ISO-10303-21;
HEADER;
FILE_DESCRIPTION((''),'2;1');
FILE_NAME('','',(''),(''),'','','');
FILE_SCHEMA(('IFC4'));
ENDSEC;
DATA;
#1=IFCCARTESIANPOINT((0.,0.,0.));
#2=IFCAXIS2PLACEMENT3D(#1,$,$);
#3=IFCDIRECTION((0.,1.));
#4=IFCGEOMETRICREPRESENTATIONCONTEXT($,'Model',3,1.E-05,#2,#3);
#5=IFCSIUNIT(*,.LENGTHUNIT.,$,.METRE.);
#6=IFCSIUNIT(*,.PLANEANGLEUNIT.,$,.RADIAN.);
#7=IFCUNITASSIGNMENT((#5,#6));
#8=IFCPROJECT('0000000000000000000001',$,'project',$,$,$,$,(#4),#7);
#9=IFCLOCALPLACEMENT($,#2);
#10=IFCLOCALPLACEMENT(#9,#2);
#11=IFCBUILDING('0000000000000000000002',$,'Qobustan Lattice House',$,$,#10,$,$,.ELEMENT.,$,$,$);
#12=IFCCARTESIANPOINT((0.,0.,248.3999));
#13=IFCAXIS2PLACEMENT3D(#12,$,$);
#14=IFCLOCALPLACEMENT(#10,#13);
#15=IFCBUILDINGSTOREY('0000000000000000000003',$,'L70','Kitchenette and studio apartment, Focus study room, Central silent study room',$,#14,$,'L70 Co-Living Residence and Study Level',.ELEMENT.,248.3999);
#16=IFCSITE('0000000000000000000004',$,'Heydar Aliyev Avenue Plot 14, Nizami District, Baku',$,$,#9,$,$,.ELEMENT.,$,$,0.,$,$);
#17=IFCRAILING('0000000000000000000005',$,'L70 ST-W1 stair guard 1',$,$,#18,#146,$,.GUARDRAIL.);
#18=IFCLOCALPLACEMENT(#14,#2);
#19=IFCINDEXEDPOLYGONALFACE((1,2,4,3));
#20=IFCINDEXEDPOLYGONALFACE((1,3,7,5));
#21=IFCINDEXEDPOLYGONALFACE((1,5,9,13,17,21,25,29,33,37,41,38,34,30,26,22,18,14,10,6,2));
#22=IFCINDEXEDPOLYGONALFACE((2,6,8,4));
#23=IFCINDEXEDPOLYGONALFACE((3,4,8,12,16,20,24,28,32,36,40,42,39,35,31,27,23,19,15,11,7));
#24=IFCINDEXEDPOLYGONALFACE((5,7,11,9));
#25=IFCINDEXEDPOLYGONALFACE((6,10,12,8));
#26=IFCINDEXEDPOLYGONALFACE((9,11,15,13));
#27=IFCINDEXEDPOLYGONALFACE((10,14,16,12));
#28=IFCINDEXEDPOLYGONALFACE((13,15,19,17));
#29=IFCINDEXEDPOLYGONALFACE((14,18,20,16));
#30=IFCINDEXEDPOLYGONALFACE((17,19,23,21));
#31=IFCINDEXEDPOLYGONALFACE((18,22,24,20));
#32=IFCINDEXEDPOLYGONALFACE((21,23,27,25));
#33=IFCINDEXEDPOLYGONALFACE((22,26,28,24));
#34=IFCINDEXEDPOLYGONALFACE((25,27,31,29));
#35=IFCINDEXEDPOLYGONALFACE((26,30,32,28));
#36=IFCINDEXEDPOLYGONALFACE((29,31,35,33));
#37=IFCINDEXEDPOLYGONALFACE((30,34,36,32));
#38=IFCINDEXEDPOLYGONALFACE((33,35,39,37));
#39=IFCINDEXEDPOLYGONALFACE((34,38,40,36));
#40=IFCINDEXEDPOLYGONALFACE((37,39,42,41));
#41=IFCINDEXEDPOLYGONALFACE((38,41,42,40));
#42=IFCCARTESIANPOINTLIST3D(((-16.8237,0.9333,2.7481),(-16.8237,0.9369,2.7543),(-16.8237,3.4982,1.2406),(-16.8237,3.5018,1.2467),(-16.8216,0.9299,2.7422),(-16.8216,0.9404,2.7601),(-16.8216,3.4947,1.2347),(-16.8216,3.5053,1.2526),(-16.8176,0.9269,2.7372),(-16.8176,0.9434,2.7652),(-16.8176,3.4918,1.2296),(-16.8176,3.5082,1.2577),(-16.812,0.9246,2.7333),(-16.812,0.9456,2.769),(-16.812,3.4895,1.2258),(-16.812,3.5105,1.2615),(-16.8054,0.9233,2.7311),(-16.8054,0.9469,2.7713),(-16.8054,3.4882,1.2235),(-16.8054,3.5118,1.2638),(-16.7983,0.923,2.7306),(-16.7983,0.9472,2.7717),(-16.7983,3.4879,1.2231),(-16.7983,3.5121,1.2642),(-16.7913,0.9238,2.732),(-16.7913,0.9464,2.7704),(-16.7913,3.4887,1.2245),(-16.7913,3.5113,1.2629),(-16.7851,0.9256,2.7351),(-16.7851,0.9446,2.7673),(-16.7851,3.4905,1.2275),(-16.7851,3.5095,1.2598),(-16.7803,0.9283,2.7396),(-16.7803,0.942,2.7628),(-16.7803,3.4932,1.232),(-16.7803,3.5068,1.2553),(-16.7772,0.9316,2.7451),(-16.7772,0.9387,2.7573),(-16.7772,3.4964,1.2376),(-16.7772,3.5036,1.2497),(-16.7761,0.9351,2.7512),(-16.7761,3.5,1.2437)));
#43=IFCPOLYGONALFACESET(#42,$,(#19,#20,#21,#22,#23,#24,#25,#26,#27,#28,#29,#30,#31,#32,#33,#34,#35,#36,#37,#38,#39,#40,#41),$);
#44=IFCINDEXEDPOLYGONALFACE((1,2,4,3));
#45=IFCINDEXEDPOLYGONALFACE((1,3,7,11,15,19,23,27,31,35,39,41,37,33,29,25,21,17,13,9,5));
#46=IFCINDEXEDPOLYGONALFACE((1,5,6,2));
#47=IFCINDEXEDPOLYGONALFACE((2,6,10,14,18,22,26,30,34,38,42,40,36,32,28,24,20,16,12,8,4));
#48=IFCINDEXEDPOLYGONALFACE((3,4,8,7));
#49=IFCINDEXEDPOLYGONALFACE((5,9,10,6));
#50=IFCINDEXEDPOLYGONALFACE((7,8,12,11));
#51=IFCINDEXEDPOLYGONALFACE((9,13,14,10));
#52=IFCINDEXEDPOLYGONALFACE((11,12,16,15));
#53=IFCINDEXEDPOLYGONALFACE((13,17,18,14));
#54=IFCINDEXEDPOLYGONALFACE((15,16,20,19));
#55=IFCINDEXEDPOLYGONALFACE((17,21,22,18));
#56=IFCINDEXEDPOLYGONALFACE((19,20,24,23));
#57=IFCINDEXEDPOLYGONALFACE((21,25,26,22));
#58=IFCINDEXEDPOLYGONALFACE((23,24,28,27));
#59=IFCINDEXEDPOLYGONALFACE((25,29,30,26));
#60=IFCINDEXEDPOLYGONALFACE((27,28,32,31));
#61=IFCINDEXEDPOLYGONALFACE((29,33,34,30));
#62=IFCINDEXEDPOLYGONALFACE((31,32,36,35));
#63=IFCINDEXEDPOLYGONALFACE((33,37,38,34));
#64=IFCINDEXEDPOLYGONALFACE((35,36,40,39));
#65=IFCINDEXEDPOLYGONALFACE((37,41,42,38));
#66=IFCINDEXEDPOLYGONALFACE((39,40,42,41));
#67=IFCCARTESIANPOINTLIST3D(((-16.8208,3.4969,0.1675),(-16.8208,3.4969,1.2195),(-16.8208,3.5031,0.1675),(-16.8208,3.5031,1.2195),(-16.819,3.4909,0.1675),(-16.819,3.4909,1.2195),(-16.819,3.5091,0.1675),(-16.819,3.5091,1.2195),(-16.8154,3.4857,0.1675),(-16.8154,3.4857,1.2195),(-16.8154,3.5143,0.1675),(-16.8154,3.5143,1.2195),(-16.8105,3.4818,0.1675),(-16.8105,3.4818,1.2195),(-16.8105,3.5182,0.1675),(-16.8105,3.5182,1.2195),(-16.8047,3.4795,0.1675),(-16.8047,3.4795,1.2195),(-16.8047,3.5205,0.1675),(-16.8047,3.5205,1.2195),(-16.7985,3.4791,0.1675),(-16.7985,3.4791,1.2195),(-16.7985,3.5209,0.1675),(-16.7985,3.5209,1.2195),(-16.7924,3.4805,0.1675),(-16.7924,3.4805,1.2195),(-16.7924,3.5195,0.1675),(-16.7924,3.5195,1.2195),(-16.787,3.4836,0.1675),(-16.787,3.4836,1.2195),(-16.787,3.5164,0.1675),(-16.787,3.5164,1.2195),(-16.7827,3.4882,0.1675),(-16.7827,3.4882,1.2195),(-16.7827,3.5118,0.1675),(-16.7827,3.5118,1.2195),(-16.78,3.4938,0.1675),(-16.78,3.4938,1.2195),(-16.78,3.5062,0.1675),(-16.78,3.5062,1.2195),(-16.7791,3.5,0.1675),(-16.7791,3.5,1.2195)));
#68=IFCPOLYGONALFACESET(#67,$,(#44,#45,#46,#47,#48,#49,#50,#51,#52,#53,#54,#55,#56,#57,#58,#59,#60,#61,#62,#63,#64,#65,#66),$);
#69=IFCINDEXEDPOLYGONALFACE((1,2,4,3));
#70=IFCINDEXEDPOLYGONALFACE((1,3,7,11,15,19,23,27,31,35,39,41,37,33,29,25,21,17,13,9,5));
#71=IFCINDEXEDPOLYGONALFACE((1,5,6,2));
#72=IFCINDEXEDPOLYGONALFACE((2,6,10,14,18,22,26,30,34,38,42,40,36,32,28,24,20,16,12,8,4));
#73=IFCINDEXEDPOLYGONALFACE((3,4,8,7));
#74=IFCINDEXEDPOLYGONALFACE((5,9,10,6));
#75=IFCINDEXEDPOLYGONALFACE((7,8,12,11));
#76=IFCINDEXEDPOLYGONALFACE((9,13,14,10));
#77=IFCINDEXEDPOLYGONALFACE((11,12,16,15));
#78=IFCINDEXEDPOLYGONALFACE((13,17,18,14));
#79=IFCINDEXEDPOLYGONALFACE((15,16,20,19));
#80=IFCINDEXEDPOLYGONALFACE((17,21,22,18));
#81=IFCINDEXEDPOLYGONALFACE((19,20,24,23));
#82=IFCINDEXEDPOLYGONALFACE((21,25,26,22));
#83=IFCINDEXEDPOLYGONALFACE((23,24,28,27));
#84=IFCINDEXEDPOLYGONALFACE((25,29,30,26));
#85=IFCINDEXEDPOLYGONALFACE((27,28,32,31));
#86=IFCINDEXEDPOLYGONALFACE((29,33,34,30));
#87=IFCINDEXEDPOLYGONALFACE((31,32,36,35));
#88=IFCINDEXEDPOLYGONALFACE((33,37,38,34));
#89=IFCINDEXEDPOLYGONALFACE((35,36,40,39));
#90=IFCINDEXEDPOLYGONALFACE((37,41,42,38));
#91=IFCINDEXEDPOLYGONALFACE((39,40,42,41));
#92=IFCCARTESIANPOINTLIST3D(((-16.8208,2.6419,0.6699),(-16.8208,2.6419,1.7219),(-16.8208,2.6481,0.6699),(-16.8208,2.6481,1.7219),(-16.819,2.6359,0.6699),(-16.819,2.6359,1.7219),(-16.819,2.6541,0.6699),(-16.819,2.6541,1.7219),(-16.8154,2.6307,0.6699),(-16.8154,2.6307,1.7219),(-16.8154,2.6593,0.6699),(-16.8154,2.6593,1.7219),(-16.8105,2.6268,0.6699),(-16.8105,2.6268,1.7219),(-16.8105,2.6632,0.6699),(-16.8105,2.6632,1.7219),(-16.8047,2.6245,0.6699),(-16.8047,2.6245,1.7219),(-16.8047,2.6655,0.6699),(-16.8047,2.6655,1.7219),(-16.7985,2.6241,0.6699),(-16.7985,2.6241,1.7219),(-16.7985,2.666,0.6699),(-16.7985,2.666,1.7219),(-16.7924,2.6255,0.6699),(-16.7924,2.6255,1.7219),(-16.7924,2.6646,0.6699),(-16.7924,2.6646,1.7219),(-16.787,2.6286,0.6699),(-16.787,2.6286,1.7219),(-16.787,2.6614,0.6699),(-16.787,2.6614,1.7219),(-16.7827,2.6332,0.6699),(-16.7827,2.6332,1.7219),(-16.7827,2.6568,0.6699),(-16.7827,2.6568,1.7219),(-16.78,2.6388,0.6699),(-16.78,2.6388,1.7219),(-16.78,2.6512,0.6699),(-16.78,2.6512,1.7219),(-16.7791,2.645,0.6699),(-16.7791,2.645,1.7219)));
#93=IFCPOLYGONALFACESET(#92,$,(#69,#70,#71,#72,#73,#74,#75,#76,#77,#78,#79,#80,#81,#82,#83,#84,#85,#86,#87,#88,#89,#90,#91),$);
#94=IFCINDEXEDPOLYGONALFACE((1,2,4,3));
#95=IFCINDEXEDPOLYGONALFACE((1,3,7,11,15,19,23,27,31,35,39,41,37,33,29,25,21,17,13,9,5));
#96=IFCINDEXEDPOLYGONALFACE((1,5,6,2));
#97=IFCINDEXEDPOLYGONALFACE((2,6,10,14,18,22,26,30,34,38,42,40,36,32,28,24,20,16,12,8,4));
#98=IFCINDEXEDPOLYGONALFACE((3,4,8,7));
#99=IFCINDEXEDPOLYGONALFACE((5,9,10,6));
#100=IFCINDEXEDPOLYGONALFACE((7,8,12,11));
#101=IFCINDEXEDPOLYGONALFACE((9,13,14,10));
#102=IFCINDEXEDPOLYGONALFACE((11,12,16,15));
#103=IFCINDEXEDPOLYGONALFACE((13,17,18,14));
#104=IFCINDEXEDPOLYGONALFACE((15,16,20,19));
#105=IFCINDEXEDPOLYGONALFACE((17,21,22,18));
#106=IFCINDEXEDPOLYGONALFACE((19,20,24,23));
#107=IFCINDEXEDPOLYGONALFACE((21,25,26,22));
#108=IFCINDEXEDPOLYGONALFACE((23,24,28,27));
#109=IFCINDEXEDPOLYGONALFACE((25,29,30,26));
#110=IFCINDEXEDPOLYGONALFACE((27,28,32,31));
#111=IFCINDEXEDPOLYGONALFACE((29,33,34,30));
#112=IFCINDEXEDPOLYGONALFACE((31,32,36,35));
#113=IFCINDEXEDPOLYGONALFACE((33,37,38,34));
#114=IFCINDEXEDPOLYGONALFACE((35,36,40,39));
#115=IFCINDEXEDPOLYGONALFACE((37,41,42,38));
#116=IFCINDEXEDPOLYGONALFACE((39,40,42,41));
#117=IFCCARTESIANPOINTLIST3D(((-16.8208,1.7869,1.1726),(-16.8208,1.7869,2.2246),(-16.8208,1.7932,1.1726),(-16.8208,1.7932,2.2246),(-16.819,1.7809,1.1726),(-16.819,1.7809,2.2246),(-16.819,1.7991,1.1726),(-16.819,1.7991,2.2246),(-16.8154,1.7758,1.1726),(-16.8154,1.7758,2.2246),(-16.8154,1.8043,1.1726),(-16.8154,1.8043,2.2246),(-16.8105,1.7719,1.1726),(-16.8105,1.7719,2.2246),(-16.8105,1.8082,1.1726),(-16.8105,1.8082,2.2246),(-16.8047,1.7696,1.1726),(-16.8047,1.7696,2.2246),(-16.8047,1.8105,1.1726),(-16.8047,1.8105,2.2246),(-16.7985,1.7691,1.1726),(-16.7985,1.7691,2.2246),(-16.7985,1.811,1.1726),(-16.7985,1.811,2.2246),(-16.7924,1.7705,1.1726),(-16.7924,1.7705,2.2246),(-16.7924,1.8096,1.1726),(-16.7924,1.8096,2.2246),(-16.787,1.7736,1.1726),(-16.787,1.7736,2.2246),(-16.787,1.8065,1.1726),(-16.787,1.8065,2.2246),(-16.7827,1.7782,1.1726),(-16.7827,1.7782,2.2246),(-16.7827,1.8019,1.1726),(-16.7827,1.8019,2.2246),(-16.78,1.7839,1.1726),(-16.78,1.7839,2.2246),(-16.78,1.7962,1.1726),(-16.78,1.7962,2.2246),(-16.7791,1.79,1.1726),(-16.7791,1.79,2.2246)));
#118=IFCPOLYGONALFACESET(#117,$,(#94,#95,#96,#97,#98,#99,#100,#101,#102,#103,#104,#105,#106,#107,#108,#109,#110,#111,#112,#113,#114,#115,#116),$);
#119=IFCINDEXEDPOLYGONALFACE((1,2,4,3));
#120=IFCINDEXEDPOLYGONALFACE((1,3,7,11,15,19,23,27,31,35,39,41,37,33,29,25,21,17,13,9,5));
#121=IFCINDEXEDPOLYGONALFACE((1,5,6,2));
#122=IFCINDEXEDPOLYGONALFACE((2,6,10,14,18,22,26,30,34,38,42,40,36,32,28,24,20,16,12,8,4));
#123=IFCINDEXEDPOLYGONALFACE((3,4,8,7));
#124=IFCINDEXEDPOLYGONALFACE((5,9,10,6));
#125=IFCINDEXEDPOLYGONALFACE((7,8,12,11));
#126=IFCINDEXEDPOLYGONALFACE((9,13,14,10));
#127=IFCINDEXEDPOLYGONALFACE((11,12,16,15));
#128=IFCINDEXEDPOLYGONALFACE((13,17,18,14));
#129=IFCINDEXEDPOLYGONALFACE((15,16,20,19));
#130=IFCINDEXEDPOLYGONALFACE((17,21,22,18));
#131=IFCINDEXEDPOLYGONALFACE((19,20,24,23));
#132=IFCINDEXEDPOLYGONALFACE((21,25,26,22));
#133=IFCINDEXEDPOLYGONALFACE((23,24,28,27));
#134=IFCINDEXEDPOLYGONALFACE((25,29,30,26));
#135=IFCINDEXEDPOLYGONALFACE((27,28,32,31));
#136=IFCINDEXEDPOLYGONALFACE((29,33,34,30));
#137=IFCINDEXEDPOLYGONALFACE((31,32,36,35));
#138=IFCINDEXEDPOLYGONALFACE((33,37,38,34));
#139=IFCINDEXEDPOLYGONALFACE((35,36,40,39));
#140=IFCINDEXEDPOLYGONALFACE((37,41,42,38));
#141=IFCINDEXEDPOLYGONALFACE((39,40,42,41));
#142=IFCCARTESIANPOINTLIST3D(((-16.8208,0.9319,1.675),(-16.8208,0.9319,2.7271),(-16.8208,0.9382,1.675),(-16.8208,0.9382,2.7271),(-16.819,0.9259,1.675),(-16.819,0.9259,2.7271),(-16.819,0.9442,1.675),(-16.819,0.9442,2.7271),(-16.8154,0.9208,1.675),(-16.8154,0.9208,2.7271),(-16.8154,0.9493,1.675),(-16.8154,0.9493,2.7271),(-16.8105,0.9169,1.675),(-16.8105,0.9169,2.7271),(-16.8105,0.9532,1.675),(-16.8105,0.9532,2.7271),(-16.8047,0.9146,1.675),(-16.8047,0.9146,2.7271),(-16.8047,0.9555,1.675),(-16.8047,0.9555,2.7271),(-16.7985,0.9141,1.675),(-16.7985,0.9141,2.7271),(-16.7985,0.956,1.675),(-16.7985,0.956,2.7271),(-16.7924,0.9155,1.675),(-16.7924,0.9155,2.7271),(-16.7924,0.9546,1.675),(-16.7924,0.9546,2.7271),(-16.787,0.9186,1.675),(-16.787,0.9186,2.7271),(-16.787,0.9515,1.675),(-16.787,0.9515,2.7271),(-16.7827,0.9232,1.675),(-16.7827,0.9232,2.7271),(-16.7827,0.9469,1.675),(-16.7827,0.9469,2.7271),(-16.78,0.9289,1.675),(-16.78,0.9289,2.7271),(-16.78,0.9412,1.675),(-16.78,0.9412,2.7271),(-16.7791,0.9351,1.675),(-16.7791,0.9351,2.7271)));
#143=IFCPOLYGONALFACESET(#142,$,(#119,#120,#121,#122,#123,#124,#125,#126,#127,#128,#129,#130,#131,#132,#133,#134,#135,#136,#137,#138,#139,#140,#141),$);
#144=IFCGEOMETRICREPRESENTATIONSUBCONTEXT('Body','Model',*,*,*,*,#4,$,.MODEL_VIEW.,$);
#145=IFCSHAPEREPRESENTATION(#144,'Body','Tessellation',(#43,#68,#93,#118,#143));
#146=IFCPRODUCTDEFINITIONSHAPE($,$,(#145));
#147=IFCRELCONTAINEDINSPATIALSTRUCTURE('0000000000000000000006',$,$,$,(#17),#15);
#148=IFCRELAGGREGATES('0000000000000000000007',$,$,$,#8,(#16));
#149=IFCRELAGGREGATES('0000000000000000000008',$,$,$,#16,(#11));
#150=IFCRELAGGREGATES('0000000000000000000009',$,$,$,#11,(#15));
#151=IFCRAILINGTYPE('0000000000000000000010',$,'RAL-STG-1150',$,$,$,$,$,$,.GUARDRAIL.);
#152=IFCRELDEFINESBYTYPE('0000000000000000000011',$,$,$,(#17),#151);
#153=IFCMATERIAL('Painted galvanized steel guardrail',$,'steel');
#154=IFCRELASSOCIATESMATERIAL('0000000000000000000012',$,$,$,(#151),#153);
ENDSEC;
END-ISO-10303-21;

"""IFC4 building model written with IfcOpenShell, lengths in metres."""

from ifc_helpers import new_model, si_unit, direction, frame, origin, origin_2d, place, context, subcontext, project, spatial, circle, extrude, material, type_object, element, save


model = new_model("IFC4")

# Units and contexts
model_context = context("Model", 3, precision=1e-05, world=origin(), true_north=direction((0.0, 1.0)))
body_context = subcontext(model_context, "Body", "Model", "MODEL_VIEW")
ifc_project = project(units=[si_unit("LENGTHUNIT", "METRE"), si_unit("PLANEANGLEUNIT", "RADIAN")], contexts=[model_context])

# Site, building, storey
site_placement = place(None, origin())
site = spatial("IfcSite", under=ifc_project, at=site_placement, Name="Heydar Aliyev Avenue Plot 14, Nizami District, Baku", CompositionType="ELEMENT", RefElevation=0.0)
building_placement = place(site_placement, origin())
building = spatial("IfcBuilding", under=site, at=building_placement, Name="Qobustan Lattice House", CompositionType="ELEMENT")
storey_placement = place(building_placement, frame((0.0, 0.0, 248.3999)))
storey = spatial("IfcBuildingStorey", under=building, at=storey_placement, Name="L70", Description="Kitchenette and studio apartment, Focus study room, Central silent study room", LongName="L70 Co-Living Residence and Study Level", CompositionType="ELEMENT", Elevation=248.3999)

# Railing
ifc_material_1 = material(Name="Painted galvanized steel guardrail", Category="steel")
railing_type_1 = type_object("IfcRailingType", Name="RAL-STG-1150", PredefinedType="GUARDRAIL", material=ifc_material_1)
railing_1_placement = place(storey_placement, frame((-16.8, 3.5, 0.1675)))
element("IfcRailing", 1, at=railing_1_placement, inside=storey, type_object=railing_type_1, Name="L70 ST-W1 stair guard 1", PredefinedType="GUARDRAIL", context=body_context, shape_type="SweptSolid", body=[
    extrude(circle(Radius=0.0239, at=origin_2d()), frame((0.0, 0.0, 1.0762), z_axis=(0.0, -0.862113, 0.506715), x_axis=(1.0, 0.0, 0.0)), (0.0, 0.0, 1.0), 2.9751),
    extrude(circle(Radius=0.021, at=origin_2d()), origin(), (0.0, 0.0, 1.0), 1.052),
    extrude(circle(Radius=0.021, at=origin_2d()), frame((0.0, -0.855, 0.5024)), (0.0, 0.0, 1.0), 1.052),
    extrude(circle(Radius=0.021, at=origin_2d()), frame((0.0, -1.71, 1.0051)), (0.0, 0.0, 1.0), 1.052),
    extrude(circle(Radius=0.021, at=origin_2d()), frame((0.0, -2.5649, 1.5076)), (0.0, 0.0, 1.0), 1.052),
])

save(model, "model.ifc")
